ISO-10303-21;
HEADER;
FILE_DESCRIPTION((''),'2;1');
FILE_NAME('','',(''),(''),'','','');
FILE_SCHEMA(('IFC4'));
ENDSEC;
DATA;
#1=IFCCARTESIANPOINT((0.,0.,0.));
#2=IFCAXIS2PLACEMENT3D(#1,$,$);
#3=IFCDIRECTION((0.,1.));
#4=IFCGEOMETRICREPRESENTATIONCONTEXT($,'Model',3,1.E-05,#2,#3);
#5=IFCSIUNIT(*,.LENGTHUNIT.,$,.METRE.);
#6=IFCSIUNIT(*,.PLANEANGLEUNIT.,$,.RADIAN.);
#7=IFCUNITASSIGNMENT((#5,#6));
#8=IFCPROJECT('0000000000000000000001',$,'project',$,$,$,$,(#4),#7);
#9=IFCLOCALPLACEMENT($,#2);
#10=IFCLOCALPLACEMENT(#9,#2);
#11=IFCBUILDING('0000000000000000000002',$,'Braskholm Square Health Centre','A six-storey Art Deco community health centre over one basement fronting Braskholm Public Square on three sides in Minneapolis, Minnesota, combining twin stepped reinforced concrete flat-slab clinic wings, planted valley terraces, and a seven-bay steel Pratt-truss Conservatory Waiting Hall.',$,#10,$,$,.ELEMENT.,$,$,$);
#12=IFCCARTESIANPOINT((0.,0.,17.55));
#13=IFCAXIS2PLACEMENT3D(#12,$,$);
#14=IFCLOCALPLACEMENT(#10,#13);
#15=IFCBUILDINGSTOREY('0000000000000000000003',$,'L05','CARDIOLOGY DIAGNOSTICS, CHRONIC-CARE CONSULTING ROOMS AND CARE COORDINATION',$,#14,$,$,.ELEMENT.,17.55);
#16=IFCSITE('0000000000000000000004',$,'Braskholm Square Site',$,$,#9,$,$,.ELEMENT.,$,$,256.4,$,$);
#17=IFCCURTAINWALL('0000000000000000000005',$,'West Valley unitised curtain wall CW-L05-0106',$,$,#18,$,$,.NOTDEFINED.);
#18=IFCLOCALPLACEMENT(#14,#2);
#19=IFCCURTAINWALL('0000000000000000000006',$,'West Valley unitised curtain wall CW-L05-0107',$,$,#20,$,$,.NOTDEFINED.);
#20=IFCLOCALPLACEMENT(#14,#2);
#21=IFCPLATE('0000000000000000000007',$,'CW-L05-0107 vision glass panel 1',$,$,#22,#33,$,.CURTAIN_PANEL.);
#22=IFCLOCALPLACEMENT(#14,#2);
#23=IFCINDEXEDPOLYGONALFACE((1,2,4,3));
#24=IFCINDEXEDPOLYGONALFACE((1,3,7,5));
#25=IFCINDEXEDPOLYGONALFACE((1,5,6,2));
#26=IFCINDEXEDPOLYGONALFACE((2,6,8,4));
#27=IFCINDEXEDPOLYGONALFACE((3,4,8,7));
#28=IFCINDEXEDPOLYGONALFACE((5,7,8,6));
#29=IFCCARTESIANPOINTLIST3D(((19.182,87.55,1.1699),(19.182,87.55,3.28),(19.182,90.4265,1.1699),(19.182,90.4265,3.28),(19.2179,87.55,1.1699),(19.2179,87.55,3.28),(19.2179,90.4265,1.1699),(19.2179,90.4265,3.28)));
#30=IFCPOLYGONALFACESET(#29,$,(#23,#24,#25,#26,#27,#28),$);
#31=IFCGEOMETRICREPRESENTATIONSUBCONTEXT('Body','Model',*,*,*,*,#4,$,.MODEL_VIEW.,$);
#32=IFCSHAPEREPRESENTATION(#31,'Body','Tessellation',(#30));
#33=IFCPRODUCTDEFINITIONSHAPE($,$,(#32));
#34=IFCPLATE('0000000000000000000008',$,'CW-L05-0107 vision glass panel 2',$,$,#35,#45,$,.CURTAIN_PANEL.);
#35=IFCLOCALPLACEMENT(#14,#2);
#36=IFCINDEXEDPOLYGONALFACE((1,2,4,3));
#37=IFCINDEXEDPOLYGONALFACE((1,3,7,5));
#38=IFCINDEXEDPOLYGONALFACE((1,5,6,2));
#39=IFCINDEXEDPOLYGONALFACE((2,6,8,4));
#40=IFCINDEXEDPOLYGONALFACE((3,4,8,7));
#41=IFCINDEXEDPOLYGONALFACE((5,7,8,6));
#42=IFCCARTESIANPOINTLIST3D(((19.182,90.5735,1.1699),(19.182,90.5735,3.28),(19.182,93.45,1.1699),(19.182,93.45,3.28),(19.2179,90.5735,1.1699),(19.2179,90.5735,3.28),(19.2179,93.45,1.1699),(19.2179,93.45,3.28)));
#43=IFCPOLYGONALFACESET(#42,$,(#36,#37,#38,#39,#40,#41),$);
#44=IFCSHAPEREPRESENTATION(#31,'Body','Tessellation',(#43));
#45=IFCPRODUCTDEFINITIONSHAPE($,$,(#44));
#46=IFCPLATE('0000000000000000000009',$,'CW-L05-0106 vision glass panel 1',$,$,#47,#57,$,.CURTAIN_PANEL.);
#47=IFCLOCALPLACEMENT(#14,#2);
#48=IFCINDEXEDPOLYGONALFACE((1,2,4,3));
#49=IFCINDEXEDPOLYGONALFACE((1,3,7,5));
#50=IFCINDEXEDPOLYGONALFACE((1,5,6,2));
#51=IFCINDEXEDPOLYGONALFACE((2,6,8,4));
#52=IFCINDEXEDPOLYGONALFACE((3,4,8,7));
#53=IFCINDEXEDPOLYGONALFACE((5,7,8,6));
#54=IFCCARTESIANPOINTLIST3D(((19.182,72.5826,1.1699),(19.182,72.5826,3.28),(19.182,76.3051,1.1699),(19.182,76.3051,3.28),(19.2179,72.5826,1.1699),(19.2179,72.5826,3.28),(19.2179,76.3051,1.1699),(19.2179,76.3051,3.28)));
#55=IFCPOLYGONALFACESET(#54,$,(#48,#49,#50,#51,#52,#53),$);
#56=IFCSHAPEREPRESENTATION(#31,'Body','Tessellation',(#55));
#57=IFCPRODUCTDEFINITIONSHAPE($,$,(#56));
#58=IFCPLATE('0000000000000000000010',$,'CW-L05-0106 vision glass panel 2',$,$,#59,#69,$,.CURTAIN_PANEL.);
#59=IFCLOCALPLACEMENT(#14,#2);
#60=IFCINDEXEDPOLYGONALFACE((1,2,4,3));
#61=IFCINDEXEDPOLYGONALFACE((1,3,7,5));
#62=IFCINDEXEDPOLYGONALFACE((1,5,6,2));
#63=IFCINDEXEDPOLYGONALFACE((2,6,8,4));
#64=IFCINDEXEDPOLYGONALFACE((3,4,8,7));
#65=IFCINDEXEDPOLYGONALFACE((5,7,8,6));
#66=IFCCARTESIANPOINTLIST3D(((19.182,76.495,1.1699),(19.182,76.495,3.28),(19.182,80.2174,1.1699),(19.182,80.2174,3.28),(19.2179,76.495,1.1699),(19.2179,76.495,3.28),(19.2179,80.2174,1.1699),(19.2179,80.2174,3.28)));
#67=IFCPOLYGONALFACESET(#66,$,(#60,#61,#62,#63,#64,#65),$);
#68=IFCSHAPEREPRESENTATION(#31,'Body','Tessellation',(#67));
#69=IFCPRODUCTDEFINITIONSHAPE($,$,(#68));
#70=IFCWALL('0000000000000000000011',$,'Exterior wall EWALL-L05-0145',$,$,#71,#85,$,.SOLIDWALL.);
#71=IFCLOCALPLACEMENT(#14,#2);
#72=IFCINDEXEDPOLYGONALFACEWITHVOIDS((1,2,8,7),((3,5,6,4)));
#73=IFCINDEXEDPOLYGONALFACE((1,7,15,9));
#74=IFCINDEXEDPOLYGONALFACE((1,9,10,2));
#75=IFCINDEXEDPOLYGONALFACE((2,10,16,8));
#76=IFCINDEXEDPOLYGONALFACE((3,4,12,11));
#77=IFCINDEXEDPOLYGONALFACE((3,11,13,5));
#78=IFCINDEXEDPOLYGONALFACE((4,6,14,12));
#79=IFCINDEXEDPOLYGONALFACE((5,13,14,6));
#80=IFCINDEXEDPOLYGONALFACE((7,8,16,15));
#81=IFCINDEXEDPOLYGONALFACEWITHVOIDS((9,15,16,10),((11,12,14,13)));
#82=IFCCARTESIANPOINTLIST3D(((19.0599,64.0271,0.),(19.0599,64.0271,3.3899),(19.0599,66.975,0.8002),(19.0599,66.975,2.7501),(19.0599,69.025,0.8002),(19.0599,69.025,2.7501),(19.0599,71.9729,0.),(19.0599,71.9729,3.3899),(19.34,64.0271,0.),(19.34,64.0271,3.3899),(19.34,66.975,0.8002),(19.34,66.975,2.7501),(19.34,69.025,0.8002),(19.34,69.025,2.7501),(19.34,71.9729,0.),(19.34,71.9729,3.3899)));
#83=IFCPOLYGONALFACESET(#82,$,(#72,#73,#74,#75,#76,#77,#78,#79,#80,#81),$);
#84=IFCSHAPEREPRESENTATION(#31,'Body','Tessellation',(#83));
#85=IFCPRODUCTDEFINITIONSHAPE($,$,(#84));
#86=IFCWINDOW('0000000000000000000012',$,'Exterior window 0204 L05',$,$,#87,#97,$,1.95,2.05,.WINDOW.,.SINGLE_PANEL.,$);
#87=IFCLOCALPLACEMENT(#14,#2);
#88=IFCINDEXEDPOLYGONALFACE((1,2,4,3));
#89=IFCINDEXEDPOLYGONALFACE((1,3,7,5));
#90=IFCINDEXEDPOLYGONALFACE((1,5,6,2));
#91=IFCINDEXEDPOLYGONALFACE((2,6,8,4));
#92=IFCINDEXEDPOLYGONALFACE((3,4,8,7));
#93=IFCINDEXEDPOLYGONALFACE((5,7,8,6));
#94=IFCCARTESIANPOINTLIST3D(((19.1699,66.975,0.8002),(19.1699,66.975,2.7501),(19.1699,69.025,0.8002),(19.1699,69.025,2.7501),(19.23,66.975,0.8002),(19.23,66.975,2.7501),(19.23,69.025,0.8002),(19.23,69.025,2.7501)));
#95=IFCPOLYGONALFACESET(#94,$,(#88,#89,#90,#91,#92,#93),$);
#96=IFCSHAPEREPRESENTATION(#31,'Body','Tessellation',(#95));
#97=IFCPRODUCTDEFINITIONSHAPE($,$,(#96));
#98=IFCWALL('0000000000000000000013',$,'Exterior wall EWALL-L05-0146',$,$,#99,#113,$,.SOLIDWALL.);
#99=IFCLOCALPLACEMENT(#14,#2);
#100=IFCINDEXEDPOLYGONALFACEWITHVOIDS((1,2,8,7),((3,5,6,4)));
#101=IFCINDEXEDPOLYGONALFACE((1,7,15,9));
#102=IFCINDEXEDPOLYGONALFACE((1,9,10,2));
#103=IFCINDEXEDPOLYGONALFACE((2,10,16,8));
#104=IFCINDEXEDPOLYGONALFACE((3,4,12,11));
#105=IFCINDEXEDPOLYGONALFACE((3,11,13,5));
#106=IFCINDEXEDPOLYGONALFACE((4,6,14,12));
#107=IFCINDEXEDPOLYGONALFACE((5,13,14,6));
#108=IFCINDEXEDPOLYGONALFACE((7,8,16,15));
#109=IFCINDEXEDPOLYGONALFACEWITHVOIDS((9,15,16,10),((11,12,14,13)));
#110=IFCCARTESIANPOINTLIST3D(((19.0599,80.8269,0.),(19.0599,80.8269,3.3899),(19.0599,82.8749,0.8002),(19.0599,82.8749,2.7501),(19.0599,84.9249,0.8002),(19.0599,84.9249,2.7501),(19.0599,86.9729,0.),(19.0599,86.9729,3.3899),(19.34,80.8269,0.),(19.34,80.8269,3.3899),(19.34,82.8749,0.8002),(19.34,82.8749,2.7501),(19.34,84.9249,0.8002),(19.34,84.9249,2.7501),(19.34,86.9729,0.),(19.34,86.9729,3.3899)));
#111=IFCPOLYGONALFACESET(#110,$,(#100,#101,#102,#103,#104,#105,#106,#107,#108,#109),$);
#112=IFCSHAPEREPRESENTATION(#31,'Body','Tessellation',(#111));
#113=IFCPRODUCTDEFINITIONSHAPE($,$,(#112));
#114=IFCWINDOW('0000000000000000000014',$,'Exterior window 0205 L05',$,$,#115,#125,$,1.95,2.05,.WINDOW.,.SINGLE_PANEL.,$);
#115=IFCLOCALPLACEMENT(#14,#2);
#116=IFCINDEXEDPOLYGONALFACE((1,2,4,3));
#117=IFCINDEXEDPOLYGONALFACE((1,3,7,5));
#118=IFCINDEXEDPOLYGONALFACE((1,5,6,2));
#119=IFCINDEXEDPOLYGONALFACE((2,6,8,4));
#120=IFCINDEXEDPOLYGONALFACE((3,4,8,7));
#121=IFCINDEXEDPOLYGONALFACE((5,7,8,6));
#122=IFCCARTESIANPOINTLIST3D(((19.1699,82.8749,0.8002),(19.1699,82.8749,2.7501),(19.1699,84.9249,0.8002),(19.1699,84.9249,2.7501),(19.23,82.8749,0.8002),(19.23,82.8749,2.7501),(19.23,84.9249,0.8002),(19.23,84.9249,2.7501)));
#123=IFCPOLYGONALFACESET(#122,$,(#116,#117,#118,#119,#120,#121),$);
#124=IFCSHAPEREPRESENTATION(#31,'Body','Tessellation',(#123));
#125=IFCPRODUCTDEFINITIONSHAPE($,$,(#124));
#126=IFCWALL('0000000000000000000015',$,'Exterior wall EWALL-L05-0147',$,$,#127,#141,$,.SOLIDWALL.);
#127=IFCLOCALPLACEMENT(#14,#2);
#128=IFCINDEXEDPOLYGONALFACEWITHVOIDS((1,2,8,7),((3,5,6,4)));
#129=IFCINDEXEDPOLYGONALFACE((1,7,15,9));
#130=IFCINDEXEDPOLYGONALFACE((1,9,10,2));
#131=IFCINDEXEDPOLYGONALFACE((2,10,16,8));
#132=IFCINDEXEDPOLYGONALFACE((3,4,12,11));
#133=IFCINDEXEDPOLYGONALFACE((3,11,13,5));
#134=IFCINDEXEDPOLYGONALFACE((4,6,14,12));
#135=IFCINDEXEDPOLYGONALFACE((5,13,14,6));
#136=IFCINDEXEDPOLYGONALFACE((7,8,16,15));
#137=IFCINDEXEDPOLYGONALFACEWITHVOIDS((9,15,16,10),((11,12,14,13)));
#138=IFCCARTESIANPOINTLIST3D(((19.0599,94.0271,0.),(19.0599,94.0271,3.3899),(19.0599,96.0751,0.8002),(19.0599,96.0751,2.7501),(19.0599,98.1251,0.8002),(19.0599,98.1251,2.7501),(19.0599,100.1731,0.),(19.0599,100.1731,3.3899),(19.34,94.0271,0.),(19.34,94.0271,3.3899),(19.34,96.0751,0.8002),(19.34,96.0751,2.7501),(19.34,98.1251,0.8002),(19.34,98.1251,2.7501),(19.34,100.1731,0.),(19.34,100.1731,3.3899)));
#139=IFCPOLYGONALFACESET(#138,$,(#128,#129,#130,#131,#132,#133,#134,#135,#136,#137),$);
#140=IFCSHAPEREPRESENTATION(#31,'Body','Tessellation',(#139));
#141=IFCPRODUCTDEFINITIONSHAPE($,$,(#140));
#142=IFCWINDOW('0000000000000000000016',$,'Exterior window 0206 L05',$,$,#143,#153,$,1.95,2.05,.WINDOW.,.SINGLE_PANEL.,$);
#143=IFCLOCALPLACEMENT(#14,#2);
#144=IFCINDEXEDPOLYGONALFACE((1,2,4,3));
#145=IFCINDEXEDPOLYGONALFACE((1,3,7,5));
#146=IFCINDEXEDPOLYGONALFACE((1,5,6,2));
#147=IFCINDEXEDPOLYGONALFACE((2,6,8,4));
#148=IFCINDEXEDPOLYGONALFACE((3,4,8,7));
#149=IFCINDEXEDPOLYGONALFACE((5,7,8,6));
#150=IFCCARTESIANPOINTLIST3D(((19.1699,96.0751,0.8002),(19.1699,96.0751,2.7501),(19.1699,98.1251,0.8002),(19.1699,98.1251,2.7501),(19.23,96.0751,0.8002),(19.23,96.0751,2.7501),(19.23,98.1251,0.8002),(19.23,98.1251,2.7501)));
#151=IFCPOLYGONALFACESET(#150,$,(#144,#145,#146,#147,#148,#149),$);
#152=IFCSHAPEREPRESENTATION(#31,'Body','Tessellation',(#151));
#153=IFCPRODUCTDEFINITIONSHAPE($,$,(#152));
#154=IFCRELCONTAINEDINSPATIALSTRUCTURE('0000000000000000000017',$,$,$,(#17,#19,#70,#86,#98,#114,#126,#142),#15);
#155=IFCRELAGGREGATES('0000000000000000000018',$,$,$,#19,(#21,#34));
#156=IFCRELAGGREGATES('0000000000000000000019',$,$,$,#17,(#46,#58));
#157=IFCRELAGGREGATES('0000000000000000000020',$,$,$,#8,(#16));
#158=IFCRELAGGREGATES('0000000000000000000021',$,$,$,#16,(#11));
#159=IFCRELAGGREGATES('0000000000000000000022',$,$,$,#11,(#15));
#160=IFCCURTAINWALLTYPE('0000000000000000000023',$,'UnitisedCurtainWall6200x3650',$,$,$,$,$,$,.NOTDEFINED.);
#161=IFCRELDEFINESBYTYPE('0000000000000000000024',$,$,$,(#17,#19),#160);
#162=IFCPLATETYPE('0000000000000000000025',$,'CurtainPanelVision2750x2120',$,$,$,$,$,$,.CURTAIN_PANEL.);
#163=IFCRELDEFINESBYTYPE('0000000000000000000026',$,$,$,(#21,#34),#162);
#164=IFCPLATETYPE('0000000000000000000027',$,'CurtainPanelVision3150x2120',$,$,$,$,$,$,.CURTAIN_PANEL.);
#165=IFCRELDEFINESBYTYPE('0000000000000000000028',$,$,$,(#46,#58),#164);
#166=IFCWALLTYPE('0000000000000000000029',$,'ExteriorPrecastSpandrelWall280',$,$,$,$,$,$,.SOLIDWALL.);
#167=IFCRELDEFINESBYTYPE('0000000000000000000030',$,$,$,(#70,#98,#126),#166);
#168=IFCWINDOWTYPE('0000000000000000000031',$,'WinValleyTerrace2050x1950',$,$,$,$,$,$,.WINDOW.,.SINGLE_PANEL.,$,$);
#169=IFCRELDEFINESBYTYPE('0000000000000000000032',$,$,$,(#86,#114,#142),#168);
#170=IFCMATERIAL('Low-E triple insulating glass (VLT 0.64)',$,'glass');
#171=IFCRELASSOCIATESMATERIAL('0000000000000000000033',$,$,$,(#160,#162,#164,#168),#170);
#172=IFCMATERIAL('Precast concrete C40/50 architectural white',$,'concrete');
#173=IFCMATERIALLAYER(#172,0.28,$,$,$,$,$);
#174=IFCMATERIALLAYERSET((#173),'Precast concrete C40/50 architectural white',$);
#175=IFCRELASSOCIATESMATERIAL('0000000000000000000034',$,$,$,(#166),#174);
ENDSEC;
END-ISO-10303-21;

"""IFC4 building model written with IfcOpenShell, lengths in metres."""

from ifc_helpers import new_model, si_unit, direction, frame, frame_2d, origin, origin_with_axes, origin_2d, place, context, subcontext, project, spatial, rectangle, extrude, material, layer, layer_set, type_object, element, fill, aggregate, save


model = new_model("IFC4")

# Units and contexts
model_context = context("Model", 3, precision=1e-05, world=origin(), true_north=direction((0.0, 1.0)))
body_context = subcontext(model_context, "Body", "Model", "MODEL_VIEW")
ifc_project = project(units=[si_unit("LENGTHUNIT", "METRE"), si_unit("PLANEANGLEUNIT", "RADIAN")], contexts=[model_context])

# Site, building, storey
site_placement = place(None, origin())
site = spatial("IfcSite", under=ifc_project, at=site_placement, Name="Braskholm Square Site", CompositionType="ELEMENT", RefElevation=256.4)
building_placement = place(site_placement, origin())
building = spatial("IfcBuilding", under=site, at=building_placement, Name="Braskholm Square Health Centre", Description="A six-storey Art Deco community health centre over one basement fronting Braskholm Public Square on three sides in Minneapolis, Minnesota, combining twin stepped reinforced concrete flat-slab clinic wings, planted valley terraces, and a seven-bay steel Pratt-truss Conservatory Waiting Hall.", CompositionType="ELEMENT")
storey_placement = place(building_placement, frame((0.0, 0.0, 17.55)))
storey = spatial("IfcBuildingStorey", under=building, at=storey_placement, Name="L05", Description="CARDIOLOGY DIAGNOSTICS, CHRONIC-CARE CONSULTING ROOMS AND CARE COORDINATION", CompositionType="ELEMENT", Elevation=17.55)

# Curtain walls
ifc_material_1 = material(Name="Low-E triple insulating glass (VLT 0.64)", Category="glass")
curtain_wall_type = type_object("IfcCurtainWallType", Name="UnitisedCurtainWall6200x3650", PredefinedType="NOTDEFINED", material=ifc_material_1)
curtain_wall_1_placement = place(storey_placement, origin())
curtain_wall_1 = element("IfcCurtainWall", 1, at=curtain_wall_1_placement, inside=storey, type_object=curtain_wall_type, Name="West Valley unitised curtain wall CW-L05-0106", PredefinedType="NOTDEFINED")
curtain_wall_2_placement = place(storey_placement, origin())
curtain_wall_2 = element("IfcCurtainWall", 2, at=curtain_wall_2_placement, inside=storey, type_object=curtain_wall_type, Name="West Valley unitised curtain wall CW-L05-0107", PredefinedType="NOTDEFINED")

# Plates
plate_type_1 = type_object("IfcPlateType", Name="CurtainPanelVision2750x2120", PredefinedType="CURTAIN_PANEL", material=ifc_material_1)
plate_1_placement = place(storey_placement, frame((19.2, 88.9883, 1.1699), z_axis=(0.0, 0.0, 1.0), x_axis=(0.0, 1.0, 0.0)))
plate_1 = element("IfcPlate", 3, at=plate_1_placement, type_object=plate_type_1, Name="CW-L05-0107 vision glass panel 1", PredefinedType="CURTAIN_PANEL", context=body_context, shape_type="SweptSolid", body=[
    extrude(rectangle(XDim=2.8765, YDim=0.0359, at=origin_2d()), origin(), (0.0, 0.0, 1.0), 2.1101),
])
plate_2_placement = place(storey_placement, frame((19.2, 92.0117, 1.1699), z_axis=(0.0, 0.0, 1.0), x_axis=(0.0, 1.0, 0.0)))
plate_2 = element("IfcPlate", 4, at=plate_2_placement, type_object=plate_type_1, Name="CW-L05-0107 vision glass panel 2", PredefinedType="CURTAIN_PANEL", context=body_context, shape_type="SweptSolid", body=[
    extrude(rectangle(XDim=2.8765, YDim=0.0359, at=origin_2d()), origin(), (0.0, 0.0, 1.0), 2.1101),
])
aggregate(curtain_wall_2, [plate_1, plate_2])
plate_type_2 = type_object("IfcPlateType", Name="CurtainPanelVision3150x2120", PredefinedType="CURTAIN_PANEL", material=ifc_material_1)
plate_3_placement = place(storey_placement, frame((19.2, 74.4438, 1.1699), z_axis=(0.0, 0.0, 1.0), x_axis=(0.0, 1.0, 0.0)))
plate_3 = element("IfcPlate", 5, at=plate_3_placement, type_object=plate_type_2, Name="CW-L05-0106 vision glass panel 1", PredefinedType="CURTAIN_PANEL", context=body_context, shape_type="SweptSolid", body=[
    extrude(rectangle(XDim=3.7224, YDim=0.0359, at=origin_2d()), origin(), (0.0, 0.0, 1.0), 2.1101),
])
plate_4_placement = place(storey_placement, frame((19.2, 78.3562, 1.1699), z_axis=(0.0, 0.0, 1.0), x_axis=(0.0, 1.0, 0.0)))
plate_4 = element("IfcPlate", 6, at=plate_4_placement, type_object=plate_type_2, Name="CW-L05-0106 vision glass panel 2", PredefinedType="CURTAIN_PANEL", context=body_context, shape_type="SweptSolid", body=[
    extrude(rectangle(XDim=3.7224, YDim=0.0359, at=origin_2d()), origin(), (0.0, 0.0, 1.0), 2.1101),
])
aggregate(curtain_wall_1, [plate_3, plate_4])

# Walls, openings, windows
ifc_material_2 = material(Name="Precast concrete C40/50 architectural white", Category="concrete")
ifc_layer = layer(ifc_material_2, 0.28)
ifc_layer_set = layer_set([ifc_layer], Name="Precast concrete C40/50 architectural white")
wall_type = type_object("IfcWallType", Name="ExteriorPrecastSpandrelWall280", PredefinedType="SOLIDWALL", material=ifc_layer_set)
wall_1_placement = place(storey_placement, frame((19.2, 64.0271, 0.0), z_axis=(0.0, 0.0, 1.0), x_axis=(0.0, 1.0, 0.0)))
wall_1 = element("IfcWall", 7, at=wall_1_placement, inside=storey, type_object=wall_type, Name="Exterior wall EWALL-L05-0145", PredefinedType="SOLIDWALL", context=body_context, shape_type="SweptSolid", body=[
    extrude(rectangle(XDim=7.9458, YDim=0.28, at=frame_2d((3.9729, 0.0))), origin(), (0.0, 0.0, 1.0), 3.3899),
])
opening_1_placement = place(wall_1_placement, frame((2.948, 0.0, 0.8)))
opening_1 = element("IfcOpeningElement", 8, at=opening_1_placement, cuts=wall_1, PredefinedType="OPENING", context=body_context, shape_type="SweptSolid", body=[
    extrude(rectangle(XDim=2.05, YDim=1.95, at=frame_2d((1.0249, 0.9751))), frame((0.0, 0.1499, 0.0), z_axis=(0.0, -1.0, 0.0), x_axis=(1.0, 0.0, 0.0)), (0.0, 0.0, 1.0), 0.3),
])
window_type = type_object("IfcWindowType", Name="WinValleyTerrace2050x1950", PartitioningType="SINGLE_PANEL", PredefinedType="WINDOW", material=ifc_material_1)
window_1_placement = place(opening_1_placement, origin_with_axes())
window_1 = element("IfcWindow", 9, at=window_1_placement, inside=storey, type_object=window_type, Name="Exterior window 0204 L05", OverallHeight=1.95, OverallWidth=2.05, PartitioningType="SINGLE_PANEL", PredefinedType="WINDOW", context=body_context, shape_type="SweptSolid", body=[
    extrude(rectangle(XDim=2.05, YDim=1.95, at=frame_2d((1.0249, 0.9751))), frame((0.0, 0.03, 0.0), z_axis=(0.0, -1.0, 0.0), x_axis=(1.0, 0.0, 0.0)), (0.0, 0.0, 1.0), 0.0601),
])
fill(opening_1, window_1)
wall_2_placement = place(storey_placement, frame((19.2, 80.8269, 0.0), z_axis=(0.0, 0.0, 1.0), x_axis=(0.0, 1.0, 0.0)))
wall_2 = element("IfcWall", 10, at=wall_2_placement, inside=storey, type_object=wall_type, Name="Exterior wall EWALL-L05-0146", PredefinedType="SOLIDWALL", context=body_context, shape_type="SweptSolid", body=[
    extrude(rectangle(XDim=6.146, YDim=0.28, at=frame_2d((3.073, 0.0))), origin(), (0.0, 0.0, 1.0), 3.3899),
])
opening_2_placement = place(wall_2_placement, frame((2.0481, 0.0, 0.8)))
opening_2 = element("IfcOpeningElement", 11, at=opening_2_placement, cuts=wall_2, PredefinedType="OPENING", context=body_context, shape_type="SweptSolid", body=[
    extrude(rectangle(XDim=2.05, YDim=1.95, at=frame_2d((1.0249, 0.9751))), frame((0.0, 0.1499, 0.0), z_axis=(0.0, -1.0, 0.0), x_axis=(1.0, 0.0, 0.0)), (0.0, 0.0, 1.0), 0.3),
])
window_2_placement = place(opening_2_placement, origin_with_axes())
window_2 = element("IfcWindow", 12, at=window_2_placement, inside=storey, type_object=window_type, Name="Exterior window 0205 L05", OverallHeight=1.95, OverallWidth=2.05, PartitioningType="SINGLE_PANEL", PredefinedType="WINDOW", context=body_context, shape_type="SweptSolid", body=[
    extrude(rectangle(XDim=2.05, YDim=1.95, at=frame_2d((1.0249, 0.9751))), frame((0.0, 0.03, 0.0), z_axis=(0.0, -1.0, 0.0), x_axis=(1.0, 0.0, 0.0)), (0.0, 0.0, 1.0), 0.0601),
])
fill(opening_2, window_2)
wall_3_placement = place(storey_placement, frame((19.2, 94.0271, 0.0), z_axis=(0.0, 0.0, 1.0), x_axis=(0.0, 1.0, 0.0)))
wall_3 = element("IfcWall", 13, at=wall_3_placement, inside=storey, type_object=wall_type, Name="Exterior wall EWALL-L05-0147", PredefinedType="SOLIDWALL", context=body_context, shape_type="SweptSolid", body=[
    extrude(rectangle(XDim=6.146, YDim=0.28, at=frame_2d((3.073, 0.0))), origin(), (0.0, 0.0, 1.0), 3.3899),
])
opening_3_placement = place(wall_3_placement, frame((2.0481, 0.0, 0.8)))
opening_3 = element("IfcOpeningElement", 14, at=opening_3_placement, cuts=wall_3, PredefinedType="OPENING", context=body_context, shape_type="SweptSolid", body=[
    extrude(rectangle(XDim=2.05, YDim=1.95, at=frame_2d((1.0249, 0.9751))), frame((0.0, 0.1499, 0.0), z_axis=(0.0, -1.0, 0.0), x_axis=(1.0, 0.0, 0.0)), (0.0, 0.0, 1.0), 0.3),
])
window_3_placement = place(opening_3_placement, origin_with_axes())
window_3 = element("IfcWindow", 15, at=window_3_placement, inside=storey, type_object=window_type, Name="Exterior window 0206 L05", OverallHeight=1.95, OverallWidth=2.05, PartitioningType="SINGLE_PANEL", PredefinedType="WINDOW", context=body_context, shape_type="SweptSolid", body=[
    extrude(rectangle(XDim=2.05, YDim=1.95, at=frame_2d((1.0249, 0.9751))), frame((0.0, 0.03, 0.0), z_axis=(0.0, -1.0, 0.0), x_axis=(1.0, 0.0, 0.0)), (0.0, 0.0, 1.0), 0.0601),
])
fill(opening_3, window_3)

save(model, "model.ifc")
